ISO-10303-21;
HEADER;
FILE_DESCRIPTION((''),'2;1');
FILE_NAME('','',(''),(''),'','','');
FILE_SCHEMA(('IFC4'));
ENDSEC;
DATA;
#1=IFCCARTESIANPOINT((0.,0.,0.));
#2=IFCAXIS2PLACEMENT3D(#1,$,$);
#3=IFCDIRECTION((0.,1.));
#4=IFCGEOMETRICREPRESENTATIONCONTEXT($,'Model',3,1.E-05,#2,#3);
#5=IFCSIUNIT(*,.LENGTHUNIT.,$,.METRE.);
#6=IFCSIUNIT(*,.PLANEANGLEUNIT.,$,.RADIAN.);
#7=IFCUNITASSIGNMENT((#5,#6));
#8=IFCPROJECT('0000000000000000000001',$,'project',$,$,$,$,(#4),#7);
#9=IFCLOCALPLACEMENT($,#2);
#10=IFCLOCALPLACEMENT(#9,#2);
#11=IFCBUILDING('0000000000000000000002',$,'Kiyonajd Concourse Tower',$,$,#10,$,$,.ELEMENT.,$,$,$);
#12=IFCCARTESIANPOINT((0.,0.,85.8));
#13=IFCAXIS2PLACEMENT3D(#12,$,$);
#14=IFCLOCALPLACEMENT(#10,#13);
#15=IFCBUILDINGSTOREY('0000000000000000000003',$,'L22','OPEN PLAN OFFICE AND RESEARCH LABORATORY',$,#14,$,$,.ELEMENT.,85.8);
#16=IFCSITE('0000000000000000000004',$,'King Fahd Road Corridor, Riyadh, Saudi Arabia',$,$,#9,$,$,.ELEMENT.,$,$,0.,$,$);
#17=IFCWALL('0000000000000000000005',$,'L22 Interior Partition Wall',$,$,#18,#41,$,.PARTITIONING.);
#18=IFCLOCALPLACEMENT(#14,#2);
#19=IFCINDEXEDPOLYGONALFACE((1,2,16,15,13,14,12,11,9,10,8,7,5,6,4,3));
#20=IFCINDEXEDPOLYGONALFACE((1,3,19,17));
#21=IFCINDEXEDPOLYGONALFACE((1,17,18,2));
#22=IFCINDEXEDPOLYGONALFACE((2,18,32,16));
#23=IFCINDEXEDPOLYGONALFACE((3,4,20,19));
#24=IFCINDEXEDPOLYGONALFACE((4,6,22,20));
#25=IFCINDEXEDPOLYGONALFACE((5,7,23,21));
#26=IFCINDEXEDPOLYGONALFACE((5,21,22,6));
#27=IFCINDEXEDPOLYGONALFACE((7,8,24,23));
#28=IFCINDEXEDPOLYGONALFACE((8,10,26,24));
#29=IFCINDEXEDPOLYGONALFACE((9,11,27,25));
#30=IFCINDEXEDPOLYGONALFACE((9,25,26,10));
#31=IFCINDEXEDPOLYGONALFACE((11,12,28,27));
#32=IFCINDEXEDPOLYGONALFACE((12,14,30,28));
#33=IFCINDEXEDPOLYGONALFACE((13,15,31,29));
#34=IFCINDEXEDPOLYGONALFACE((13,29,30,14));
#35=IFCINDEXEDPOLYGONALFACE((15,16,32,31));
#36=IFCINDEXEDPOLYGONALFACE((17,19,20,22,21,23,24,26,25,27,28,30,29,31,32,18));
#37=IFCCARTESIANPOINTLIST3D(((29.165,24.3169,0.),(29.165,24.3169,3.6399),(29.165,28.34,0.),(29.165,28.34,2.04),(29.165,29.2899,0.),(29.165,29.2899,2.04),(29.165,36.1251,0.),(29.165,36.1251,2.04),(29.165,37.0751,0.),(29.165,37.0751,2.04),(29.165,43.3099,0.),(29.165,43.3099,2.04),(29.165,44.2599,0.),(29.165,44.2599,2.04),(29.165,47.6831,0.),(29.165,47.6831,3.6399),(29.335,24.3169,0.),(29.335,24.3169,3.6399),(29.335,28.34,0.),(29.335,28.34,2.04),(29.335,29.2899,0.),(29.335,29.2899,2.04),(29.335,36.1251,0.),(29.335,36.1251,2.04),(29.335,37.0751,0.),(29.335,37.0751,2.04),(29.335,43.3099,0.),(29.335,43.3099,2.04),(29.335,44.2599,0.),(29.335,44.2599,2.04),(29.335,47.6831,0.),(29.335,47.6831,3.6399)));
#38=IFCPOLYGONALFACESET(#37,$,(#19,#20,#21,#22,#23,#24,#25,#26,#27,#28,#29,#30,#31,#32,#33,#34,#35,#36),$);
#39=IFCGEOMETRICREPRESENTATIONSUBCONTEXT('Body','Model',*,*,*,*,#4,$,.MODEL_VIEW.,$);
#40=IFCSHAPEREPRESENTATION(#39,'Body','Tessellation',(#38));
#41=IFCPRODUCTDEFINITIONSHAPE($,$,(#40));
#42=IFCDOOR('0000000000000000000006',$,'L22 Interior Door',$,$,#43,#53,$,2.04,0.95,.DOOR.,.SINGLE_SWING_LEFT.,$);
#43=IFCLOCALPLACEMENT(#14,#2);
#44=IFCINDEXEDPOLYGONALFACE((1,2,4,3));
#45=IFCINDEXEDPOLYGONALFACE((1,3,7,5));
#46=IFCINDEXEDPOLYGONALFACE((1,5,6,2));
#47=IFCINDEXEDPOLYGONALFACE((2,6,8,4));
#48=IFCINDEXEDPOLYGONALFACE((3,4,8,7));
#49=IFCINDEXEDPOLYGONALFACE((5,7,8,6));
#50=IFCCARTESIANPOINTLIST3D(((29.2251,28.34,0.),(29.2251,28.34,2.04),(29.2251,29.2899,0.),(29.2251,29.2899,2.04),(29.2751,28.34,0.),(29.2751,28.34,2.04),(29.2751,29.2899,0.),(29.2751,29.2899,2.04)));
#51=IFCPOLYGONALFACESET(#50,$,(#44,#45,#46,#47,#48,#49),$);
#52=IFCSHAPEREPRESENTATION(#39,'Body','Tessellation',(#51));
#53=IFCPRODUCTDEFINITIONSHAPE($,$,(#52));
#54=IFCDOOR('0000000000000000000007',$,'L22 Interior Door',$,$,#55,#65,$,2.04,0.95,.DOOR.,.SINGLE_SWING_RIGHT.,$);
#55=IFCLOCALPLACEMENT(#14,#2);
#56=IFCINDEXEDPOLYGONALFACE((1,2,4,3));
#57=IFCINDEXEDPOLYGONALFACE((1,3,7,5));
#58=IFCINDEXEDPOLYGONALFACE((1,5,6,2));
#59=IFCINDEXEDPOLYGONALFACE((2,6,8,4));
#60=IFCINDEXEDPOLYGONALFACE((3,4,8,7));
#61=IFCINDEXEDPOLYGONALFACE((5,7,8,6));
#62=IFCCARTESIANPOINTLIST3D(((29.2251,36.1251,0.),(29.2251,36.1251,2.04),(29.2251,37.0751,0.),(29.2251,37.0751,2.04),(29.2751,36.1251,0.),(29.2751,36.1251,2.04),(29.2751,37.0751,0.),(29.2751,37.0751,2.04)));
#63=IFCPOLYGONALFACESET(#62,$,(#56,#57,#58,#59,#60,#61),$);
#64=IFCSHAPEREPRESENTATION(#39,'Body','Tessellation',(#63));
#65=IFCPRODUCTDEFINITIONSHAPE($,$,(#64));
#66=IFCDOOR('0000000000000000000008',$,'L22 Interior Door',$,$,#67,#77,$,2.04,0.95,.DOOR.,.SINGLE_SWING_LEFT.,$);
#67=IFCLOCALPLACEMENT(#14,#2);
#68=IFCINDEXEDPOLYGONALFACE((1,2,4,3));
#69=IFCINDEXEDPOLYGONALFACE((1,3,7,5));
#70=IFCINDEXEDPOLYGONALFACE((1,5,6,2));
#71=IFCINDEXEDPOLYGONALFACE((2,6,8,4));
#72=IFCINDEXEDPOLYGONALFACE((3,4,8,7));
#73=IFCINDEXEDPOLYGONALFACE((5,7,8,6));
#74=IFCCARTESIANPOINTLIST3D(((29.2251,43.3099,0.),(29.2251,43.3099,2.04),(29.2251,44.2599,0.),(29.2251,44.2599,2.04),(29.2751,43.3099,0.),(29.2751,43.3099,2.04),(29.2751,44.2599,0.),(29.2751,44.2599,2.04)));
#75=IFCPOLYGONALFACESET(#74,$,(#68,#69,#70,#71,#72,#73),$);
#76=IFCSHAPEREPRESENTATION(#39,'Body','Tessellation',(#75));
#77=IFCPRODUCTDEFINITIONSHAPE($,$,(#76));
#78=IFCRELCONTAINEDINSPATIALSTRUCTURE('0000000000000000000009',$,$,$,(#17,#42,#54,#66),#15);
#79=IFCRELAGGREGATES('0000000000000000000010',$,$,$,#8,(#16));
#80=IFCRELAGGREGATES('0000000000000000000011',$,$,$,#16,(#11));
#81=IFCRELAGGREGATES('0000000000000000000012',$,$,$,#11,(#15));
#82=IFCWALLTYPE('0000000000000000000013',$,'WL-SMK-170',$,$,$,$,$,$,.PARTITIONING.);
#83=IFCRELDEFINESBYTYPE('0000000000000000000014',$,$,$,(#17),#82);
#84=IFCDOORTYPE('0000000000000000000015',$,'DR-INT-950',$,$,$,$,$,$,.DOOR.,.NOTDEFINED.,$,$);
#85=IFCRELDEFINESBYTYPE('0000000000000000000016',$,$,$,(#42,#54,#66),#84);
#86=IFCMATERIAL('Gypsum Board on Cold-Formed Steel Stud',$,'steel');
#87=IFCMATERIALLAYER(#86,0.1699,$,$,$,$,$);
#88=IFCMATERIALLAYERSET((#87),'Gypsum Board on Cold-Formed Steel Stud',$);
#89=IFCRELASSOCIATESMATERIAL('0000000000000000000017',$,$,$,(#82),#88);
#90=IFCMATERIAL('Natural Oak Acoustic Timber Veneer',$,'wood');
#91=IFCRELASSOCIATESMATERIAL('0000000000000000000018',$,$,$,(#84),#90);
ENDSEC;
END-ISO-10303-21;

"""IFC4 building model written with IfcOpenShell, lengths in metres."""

from ifc_helpers import new_model, si_unit, direction, frame, frame_2d, origin, place, context, subcontext, project, spatial, rectangle, extrude, material, layer, layer_set, type_object, element, fill, save


model = new_model("IFC4")

# Units and contexts
model_context = context("Model", 3, precision=1e-05, world=origin(), true_north=direction((0.0, 1.0)))
body_context = subcontext(model_context, "Body", "Model", "MODEL_VIEW")
ifc_project = project(units=[si_unit("LENGTHUNIT", "METRE"), si_unit("PLANEANGLEUNIT", "RADIAN")], contexts=[model_context])

# Site, building, storey
site_placement = place(None, origin())
site = spatial("IfcSite", under=ifc_project, at=site_placement, Name="King Fahd Road Corridor, Riyadh, Saudi Arabia", CompositionType="ELEMENT", RefElevation=0.0)
building_placement = place(site_placement, origin())
building = spatial("IfcBuilding", under=site, at=building_placement, Name="Kiyonajd Concourse Tower", CompositionType="ELEMENT")
storey_placement = place(building_placement, frame((0.0, 0.0, 85.8)))
storey = spatial("IfcBuildingStorey", under=building, at=storey_placement, Name="L22", Description="OPEN PLAN OFFICE AND RESEARCH LABORATORY", CompositionType="ELEMENT", Elevation=85.8)

# Shared definitions
ifc_material_1 = material(Name="Gypsum Board on Cold-Formed Steel Stud", Category="steel")

# Wall, openings, doors
ifc_layer_1 = layer(ifc_material_1, 0.1699)
ifc_layer_set_1 = layer_set([ifc_layer_1], Name="Gypsum Board on Cold-Formed Steel Stud")
wall_type_1 = type_object("IfcWallType", Name="WL-SMK-170", PredefinedType="PARTITIONING", material=ifc_layer_set_1)
ifc_material_2 = material(Name="Natural Oak Acoustic Timber Veneer", Category="wood")
door_type = type_object("IfcDoorType", Name="DR-INT-950", OperationType="NOTDEFINED", PredefinedType="DOOR", material=ifc_material_2)
wall_1_placement = place(storey_placement, frame((29.25, 24.3169, 0.0), z_axis=(0.0, 0.0, 1.0), x_axis=(0.0, 1.0, 0.0)))
wall_1 = element("IfcWall", 1, at=wall_1_placement, inside=storey, type_object=wall_type_1, Name="L22 Interior Partition Wall", PredefinedType="PARTITIONING", context=body_context, shape_type="SweptSolid", body=[
    extrude(rectangle(XDim=23.3662, YDim=0.1699, at=frame_2d((11.6831, 0.0))), origin(), (0.0, 0.0, 1.0), 3.6399),
])
opening_1_placement = place(wall_1_placement, frame((4.0229, 0.0, 0.0)))
opening_1 = element("IfcOpeningElement", 2, at=opening_1_placement, cuts=wall_1, PredefinedType="OPENING", context=body_context, shape_type="SweptSolid", body=[
    extrude(rectangle(XDim=0.95, YDim=2.04, at=frame_2d((0.4751, 1.02))), frame((0.0, 0.095, 0.0), z_axis=(0.0, -1.0, 0.0), x_axis=(1.0, 0.0, 0.0)), (0.0, 0.0, 1.0), 0.1899),
])
opening_2_placement = place(wall_1_placement, frame((11.8081, 0.0, 0.0)))
opening_2 = element("IfcOpeningElement", 3, at=opening_2_placement, cuts=wall_1, PredefinedType="OPENING", context=body_context, shape_type="SweptSolid", body=[
    extrude(rectangle(XDim=0.95, YDim=2.04, at=frame_2d((0.4751, 1.02))), frame((0.0, 0.095, 0.0), z_axis=(0.0, -1.0, 0.0), x_axis=(1.0, 0.0, 0.0)), (0.0, 0.0, 1.0), 0.1899),
])
opening_3_placement = place(wall_1_placement, frame((18.9929, 0.0, 0.0)))
opening_3 = element("IfcOpeningElement", 4, at=opening_3_placement, cuts=wall_1, PredefinedType="OPENING", context=body_context, shape_type="SweptSolid", body=[
    extrude(rectangle(XDim=0.95, YDim=2.04, at=frame_2d((0.4751, 1.02))), frame((0.0, 0.095, 0.0), z_axis=(0.0, -1.0, 0.0), x_axis=(1.0, 0.0, 0.0)), (0.0, 0.0, 1.0), 0.1899),
])
door_1_placement = place(opening_1_placement, origin())
door_1 = element("IfcDoor", 5, at=door_1_placement, inside=storey, type_object=door_type, Name="L22 Interior Door", OperationType="SINGLE_SWING_LEFT", OverallHeight=2.04, OverallWidth=0.95, PredefinedType="DOOR", context=body_context, shape_type="SweptSolid", body=[
    extrude(rectangle(XDim=0.95, YDim=2.04, at=frame_2d((0.4751, 1.02))), frame((0.0, 0.0249, 0.0), z_axis=(0.0, -1.0, 0.0), x_axis=(1.0, 0.0, 0.0)), (0.0, 0.0, 1.0), 0.05),
])
fill(opening_1, door_1)
door_2_placement = place(opening_2_placement, origin())
door_2 = element("IfcDoor", 6, at=door_2_placement, inside=storey, type_object=door_type, Name="L22 Interior Door", OperationType="SINGLE_SWING_RIGHT", OverallHeight=2.04, OverallWidth=0.95, PredefinedType="DOOR", context=body_context, shape_type="SweptSolid", body=[
    extrude(rectangle(XDim=0.95, YDim=2.04, at=frame_2d((0.4751, 1.02))), frame((0.0, 0.0249, 0.0), z_axis=(0.0, -1.0, 0.0), x_axis=(1.0, 0.0, 0.0)), (0.0, 0.0, 1.0), 0.05),
])
fill(opening_2, door_2)
door_3_placement = place(opening_3_placement, origin())
door_3 = element("IfcDoor", 7, at=door_3_placement, inside=storey, type_object=door_type, Name="L22 Interior Door", OperationType="SINGLE_SWING_LEFT", OverallHeight=2.04, OverallWidth=0.95, PredefinedType="DOOR", context=body_context, shape_type="SweptSolid", body=[
    extrude(rectangle(XDim=0.95, YDim=2.04, at=frame_2d((0.4751, 1.02))), frame((0.0, 0.0249, 0.0), z_axis=(0.0, -1.0, 0.0), x_axis=(1.0, 0.0, 0.0)), (0.0, 0.0, 1.0), 0.05),
])
fill(opening_3, door_3)

save(model, "model.ifc")
